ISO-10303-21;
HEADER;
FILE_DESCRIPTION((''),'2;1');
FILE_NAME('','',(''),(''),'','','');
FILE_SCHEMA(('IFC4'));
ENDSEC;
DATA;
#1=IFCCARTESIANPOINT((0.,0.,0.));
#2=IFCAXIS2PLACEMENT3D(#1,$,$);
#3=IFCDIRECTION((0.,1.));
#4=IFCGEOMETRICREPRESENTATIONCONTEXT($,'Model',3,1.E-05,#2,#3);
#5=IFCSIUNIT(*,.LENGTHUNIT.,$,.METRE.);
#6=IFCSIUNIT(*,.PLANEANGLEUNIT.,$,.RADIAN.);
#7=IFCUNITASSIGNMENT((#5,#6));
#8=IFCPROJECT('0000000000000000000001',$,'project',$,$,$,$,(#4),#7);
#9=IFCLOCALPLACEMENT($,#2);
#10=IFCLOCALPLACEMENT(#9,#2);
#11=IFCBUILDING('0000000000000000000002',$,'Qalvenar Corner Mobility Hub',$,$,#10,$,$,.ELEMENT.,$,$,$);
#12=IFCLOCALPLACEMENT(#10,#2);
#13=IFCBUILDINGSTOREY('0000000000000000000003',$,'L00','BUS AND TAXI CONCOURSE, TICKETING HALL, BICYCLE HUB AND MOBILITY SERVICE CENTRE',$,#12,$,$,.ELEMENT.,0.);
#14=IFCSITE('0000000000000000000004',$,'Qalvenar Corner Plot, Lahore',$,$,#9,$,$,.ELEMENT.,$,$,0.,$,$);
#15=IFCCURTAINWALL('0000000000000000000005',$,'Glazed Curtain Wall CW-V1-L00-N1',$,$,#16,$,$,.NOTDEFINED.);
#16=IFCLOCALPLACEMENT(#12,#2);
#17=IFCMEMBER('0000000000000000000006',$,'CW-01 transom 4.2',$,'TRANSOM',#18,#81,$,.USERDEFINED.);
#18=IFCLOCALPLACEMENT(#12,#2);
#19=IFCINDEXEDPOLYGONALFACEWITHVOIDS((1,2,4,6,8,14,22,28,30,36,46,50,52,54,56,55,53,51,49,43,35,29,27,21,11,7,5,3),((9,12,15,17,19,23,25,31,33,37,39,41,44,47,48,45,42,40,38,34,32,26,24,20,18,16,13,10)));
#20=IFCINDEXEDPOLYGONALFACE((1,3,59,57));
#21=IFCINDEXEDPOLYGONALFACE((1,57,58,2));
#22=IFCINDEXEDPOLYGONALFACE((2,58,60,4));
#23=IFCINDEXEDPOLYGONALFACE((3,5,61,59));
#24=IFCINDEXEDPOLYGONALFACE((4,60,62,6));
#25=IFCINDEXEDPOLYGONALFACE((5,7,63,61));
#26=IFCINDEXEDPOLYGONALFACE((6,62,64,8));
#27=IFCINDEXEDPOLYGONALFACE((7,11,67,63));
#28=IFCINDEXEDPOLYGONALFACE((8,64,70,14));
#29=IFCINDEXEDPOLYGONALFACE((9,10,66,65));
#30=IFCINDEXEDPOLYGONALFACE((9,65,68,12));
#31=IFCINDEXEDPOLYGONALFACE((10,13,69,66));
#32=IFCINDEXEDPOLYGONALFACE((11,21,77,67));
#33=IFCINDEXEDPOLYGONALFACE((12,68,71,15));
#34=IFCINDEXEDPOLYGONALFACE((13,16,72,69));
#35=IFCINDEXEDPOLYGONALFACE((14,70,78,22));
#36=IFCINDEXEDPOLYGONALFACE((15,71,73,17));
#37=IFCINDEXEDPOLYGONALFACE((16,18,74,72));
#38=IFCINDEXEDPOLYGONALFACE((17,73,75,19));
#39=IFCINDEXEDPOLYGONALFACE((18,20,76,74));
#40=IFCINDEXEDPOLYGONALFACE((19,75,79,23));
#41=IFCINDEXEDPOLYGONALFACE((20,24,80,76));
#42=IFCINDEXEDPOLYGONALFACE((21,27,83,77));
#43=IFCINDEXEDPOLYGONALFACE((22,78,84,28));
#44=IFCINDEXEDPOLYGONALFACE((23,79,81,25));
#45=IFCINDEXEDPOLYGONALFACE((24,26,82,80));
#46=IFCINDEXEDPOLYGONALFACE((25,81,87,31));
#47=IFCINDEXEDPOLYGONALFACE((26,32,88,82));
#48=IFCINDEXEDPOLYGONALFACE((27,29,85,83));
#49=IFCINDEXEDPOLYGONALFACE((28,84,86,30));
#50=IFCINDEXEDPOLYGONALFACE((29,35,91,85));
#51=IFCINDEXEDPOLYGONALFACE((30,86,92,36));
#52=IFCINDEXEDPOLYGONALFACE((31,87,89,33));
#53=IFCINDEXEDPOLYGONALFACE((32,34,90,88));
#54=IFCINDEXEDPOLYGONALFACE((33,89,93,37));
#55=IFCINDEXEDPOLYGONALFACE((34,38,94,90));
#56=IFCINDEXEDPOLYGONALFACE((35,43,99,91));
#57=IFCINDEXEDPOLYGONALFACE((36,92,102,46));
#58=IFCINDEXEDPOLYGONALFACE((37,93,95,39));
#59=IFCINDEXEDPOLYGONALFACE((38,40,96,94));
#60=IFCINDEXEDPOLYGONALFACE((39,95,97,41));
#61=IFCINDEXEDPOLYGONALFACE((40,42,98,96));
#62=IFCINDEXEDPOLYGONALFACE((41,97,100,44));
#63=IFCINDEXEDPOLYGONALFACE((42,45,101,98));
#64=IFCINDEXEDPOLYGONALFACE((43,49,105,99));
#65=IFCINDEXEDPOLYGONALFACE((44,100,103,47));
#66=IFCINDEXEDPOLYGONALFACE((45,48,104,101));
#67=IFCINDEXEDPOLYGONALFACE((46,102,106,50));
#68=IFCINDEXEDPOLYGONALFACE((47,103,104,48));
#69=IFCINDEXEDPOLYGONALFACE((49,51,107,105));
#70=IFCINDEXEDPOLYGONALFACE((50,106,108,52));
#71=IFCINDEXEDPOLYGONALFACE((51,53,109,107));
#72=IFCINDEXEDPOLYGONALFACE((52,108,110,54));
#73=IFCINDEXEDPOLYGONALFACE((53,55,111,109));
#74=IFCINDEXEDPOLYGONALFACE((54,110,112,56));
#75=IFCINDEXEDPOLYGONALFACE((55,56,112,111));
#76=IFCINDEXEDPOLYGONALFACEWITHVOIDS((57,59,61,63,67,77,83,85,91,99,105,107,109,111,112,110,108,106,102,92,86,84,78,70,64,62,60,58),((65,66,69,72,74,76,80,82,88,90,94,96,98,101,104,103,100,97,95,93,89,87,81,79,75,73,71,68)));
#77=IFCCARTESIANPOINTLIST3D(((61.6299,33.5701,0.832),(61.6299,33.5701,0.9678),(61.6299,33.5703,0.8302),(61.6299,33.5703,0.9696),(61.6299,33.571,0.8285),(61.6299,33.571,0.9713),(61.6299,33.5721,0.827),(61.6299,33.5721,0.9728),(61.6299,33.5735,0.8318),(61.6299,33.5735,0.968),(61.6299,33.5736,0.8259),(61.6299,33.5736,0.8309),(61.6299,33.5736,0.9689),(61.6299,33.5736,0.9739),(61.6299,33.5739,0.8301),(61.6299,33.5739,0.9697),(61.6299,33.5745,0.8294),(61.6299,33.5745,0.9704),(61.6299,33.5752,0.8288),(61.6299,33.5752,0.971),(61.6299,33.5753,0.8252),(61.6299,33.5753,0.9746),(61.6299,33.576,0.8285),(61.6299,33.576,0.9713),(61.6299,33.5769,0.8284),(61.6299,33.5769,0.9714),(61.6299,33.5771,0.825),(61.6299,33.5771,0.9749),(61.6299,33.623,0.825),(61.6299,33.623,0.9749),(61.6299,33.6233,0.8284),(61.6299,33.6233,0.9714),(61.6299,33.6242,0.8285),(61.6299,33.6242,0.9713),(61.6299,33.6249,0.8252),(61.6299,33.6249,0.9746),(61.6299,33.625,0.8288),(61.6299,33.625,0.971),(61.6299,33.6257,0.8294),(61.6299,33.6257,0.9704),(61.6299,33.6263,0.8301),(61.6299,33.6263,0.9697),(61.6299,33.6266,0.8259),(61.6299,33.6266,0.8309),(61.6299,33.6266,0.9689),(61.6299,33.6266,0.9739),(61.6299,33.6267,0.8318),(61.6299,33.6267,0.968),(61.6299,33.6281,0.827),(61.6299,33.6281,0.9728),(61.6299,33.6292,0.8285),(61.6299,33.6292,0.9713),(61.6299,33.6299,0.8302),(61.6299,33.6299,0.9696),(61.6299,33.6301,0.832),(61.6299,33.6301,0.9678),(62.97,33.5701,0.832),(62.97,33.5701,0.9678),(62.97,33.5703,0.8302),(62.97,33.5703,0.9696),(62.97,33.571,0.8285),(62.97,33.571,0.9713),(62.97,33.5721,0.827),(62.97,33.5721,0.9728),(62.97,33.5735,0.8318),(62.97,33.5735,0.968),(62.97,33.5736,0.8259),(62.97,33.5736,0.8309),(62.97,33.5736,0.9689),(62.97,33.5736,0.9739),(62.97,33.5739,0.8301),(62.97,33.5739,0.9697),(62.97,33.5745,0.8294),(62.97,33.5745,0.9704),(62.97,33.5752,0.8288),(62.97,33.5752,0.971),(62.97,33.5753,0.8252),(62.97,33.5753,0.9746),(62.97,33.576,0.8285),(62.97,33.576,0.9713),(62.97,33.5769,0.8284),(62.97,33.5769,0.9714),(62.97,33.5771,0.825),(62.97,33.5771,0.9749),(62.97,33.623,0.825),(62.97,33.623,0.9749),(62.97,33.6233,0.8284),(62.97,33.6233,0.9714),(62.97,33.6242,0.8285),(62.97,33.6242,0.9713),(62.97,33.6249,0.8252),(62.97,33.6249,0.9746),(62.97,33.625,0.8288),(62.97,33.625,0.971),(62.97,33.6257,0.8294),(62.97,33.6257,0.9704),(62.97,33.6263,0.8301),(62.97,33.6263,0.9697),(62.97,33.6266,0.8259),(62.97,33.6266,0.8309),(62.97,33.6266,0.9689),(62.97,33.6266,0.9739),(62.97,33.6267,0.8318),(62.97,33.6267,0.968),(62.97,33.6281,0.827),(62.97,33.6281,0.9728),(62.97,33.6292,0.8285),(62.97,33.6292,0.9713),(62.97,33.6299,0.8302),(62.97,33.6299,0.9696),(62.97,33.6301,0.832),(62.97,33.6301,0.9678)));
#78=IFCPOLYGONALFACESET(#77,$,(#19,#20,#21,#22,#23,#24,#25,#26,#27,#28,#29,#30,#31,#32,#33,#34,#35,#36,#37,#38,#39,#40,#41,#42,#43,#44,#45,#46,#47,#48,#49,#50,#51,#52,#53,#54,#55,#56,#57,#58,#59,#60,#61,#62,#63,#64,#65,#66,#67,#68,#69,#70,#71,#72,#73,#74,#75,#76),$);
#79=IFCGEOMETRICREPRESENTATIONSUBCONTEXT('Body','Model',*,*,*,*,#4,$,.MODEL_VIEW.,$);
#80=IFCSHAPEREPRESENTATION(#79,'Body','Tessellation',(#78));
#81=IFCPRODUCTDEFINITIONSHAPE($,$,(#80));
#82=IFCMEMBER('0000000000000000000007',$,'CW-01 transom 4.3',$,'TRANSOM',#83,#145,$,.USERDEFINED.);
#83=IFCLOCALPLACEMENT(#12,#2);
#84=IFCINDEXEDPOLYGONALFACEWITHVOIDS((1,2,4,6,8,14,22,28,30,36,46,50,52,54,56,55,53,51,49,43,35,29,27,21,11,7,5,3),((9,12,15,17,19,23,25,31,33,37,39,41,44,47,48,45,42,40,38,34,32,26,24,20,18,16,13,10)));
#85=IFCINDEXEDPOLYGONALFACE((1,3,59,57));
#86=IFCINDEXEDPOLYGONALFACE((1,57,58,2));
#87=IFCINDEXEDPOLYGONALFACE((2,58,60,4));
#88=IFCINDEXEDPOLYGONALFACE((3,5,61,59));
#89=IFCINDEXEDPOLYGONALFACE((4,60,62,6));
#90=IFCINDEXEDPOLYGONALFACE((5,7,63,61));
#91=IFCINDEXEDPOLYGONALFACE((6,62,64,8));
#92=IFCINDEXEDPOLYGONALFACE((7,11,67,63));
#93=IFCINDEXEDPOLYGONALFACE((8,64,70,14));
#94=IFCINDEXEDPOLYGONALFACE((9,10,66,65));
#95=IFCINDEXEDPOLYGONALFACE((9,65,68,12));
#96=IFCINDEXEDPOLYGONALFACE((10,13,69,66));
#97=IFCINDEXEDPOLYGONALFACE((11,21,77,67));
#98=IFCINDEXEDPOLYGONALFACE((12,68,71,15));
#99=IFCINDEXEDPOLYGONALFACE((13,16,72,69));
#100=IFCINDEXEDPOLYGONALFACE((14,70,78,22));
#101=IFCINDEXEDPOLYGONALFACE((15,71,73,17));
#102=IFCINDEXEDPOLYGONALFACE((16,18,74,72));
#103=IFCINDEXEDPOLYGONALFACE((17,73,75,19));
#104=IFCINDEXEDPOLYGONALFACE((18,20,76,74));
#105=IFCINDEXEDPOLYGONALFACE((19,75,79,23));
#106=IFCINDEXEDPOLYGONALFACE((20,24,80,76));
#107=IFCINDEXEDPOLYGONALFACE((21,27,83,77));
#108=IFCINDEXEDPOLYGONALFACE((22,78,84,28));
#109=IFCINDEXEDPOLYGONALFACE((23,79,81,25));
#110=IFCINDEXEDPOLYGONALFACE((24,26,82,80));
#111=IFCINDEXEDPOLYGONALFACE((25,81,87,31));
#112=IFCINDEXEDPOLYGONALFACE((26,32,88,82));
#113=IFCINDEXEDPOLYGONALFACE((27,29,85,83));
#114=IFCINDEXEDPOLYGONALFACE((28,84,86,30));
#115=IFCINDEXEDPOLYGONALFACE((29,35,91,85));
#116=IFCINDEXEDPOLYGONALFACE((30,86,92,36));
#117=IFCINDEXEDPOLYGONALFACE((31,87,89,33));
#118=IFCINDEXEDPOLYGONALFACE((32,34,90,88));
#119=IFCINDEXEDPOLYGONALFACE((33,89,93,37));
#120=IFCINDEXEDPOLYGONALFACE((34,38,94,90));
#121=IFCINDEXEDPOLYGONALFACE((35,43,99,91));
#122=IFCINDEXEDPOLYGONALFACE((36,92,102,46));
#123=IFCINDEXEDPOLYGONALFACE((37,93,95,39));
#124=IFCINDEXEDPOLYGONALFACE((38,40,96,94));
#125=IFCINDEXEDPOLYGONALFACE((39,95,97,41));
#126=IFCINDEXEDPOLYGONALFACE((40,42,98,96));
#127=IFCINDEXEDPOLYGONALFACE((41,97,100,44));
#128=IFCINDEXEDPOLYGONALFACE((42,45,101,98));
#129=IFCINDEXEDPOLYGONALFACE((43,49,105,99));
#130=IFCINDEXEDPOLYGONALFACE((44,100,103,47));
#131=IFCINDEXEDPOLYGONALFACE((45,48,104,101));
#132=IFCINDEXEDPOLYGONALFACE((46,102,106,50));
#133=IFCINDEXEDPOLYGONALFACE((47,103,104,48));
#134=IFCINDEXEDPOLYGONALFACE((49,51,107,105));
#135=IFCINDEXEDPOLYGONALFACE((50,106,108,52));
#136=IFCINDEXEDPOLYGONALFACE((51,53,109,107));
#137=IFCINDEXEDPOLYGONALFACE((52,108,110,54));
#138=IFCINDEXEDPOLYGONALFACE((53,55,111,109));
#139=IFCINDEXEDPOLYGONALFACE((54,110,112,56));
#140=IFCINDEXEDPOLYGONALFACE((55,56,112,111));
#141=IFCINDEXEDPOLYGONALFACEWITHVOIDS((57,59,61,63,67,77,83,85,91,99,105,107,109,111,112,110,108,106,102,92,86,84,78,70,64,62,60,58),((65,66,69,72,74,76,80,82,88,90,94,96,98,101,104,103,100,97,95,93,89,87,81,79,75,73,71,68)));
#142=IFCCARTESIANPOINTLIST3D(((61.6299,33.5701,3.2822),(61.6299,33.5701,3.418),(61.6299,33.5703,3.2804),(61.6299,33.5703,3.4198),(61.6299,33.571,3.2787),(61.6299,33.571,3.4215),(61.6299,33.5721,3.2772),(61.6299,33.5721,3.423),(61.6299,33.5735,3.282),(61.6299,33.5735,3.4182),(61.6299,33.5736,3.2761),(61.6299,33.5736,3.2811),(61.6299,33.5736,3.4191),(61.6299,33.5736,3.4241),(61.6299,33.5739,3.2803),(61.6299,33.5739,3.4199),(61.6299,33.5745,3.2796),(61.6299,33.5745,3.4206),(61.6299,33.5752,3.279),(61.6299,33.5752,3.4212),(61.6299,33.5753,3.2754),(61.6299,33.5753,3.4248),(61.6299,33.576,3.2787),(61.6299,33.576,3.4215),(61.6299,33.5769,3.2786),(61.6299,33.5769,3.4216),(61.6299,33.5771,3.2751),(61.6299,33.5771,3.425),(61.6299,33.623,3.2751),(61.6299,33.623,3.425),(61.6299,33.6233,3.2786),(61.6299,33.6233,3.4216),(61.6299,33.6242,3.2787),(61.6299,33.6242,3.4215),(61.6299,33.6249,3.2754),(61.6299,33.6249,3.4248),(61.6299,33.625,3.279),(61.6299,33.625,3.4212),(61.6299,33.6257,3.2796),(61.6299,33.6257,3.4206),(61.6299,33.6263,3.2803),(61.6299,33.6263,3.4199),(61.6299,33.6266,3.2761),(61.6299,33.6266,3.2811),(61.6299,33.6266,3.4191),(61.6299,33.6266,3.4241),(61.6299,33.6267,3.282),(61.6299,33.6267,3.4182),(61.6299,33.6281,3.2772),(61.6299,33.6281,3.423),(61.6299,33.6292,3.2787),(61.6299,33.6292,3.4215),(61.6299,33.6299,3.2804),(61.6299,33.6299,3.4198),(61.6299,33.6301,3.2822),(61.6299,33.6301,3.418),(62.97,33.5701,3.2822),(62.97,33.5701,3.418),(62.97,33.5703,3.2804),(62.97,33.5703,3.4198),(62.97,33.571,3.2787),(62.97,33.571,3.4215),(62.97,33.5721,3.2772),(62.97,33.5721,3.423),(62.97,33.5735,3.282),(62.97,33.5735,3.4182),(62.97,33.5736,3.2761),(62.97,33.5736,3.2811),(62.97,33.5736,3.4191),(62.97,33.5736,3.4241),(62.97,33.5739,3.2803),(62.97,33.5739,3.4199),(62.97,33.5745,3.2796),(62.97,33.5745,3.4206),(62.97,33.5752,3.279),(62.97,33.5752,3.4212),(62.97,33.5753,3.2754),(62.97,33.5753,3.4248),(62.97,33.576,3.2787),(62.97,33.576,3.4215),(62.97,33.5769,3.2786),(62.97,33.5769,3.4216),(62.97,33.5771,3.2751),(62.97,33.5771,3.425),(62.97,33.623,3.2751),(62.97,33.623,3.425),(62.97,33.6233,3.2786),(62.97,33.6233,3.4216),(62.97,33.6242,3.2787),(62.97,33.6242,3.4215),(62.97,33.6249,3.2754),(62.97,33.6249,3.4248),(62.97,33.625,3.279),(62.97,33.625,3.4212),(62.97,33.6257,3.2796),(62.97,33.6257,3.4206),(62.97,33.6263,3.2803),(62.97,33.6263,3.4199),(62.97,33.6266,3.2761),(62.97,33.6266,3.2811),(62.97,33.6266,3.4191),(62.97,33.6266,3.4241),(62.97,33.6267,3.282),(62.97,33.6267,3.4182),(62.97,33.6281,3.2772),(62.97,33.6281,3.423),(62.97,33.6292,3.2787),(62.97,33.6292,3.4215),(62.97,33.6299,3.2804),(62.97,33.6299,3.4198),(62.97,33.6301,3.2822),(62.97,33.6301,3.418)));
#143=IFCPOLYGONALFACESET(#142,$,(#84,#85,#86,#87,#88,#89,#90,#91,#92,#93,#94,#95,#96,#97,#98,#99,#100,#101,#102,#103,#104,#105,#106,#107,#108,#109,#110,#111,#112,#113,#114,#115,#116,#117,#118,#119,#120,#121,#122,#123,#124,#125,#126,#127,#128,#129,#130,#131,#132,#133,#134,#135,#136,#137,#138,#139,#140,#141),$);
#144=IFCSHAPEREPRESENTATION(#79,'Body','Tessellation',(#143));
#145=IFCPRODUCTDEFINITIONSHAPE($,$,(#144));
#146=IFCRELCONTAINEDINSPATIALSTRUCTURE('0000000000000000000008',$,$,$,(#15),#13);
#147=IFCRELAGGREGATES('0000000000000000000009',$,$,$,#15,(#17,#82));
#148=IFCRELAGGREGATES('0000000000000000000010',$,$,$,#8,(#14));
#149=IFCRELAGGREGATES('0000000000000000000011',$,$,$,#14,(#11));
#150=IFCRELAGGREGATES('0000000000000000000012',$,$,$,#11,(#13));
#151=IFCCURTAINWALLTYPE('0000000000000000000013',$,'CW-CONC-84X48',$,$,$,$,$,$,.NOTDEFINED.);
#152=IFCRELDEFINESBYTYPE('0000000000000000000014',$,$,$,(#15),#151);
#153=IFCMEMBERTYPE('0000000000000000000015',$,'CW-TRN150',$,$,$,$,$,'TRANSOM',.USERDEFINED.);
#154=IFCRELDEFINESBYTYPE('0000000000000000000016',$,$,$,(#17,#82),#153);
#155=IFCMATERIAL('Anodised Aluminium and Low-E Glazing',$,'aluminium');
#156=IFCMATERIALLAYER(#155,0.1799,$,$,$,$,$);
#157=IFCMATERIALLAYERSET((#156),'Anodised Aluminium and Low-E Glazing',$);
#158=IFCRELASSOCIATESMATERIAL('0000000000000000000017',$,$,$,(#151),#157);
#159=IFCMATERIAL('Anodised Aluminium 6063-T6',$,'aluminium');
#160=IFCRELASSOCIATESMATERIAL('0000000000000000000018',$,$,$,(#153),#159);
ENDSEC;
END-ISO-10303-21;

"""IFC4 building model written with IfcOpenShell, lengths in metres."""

from ifc_helpers import new_model, si_unit, direction, frame, origin, origin_2d, place, context, subcontext, project, spatial, hollow_rectangle, extrude, material, layer, layer_set, material_profile, profile_set, type_object, element, aggregate, save


model = new_model("IFC4")

# Units and contexts
model_context = context("Model", 3, precision=1e-05, world=origin(), true_north=direction((0.0, 1.0)))
body_context = subcontext(model_context, "Body", "Model", "MODEL_VIEW")
ifc_project = project(units=[si_unit("LENGTHUNIT", "METRE"), si_unit("PLANEANGLEUNIT", "RADIAN")], contexts=[model_context])

# Site, building, storey
site_placement = place(None, origin())
site = spatial("IfcSite", under=ifc_project, at=site_placement, Name="Qalvenar Corner Plot, Lahore", CompositionType="ELEMENT", RefElevation=0.0)
building_placement = place(site_placement, origin())
building = spatial("IfcBuilding", under=site, at=building_placement, Name="Qalvenar Corner Mobility Hub", CompositionType="ELEMENT")
storey_placement = place(building_placement, origin())
storey = spatial("IfcBuildingStorey", under=building, at=storey_placement, Name="L00", Description="BUS AND TAXI CONCOURSE, TICKETING HALL, BICYCLE HUB AND MOBILITY SERVICE CENTRE", CompositionType="ELEMENT", Elevation=0.0)

# Curtain wall, members
ifc_material_1 = material(Name="Anodised Aluminium and Low-E Glazing", Category="aluminium")
ifc_layer_1 = layer(ifc_material_1, 0.1799)
ifc_layer_set_1 = layer_set([ifc_layer_1], Name="Anodised Aluminium and Low-E Glazing")
curtain_wall_type = type_object("IfcCurtainWallType", Name="CW-CONC-84X48", PredefinedType="NOTDEFINED", material=ifc_layer_set_1)
curtain_wall_placement = place(storey_placement, origin())
curtain_wall = element("IfcCurtainWall", 1, at=curtain_wall_placement, inside=storey, type_object=curtain_wall_type, Name="Glazed Curtain Wall CW-V1-L00-N1", PredefinedType="NOTDEFINED")
ifc_material_2 = material(Name="Anodised Aluminium 6063-T6", Category="aluminium")
ifc_material_profile_1 = material_profile(ifc_material_2, hollow_rectangle(XDim=0.0601, YDim=0.1499, WallThickness=0.0034, InnerFilletRadius=0.0034, OuterFilletRadius=0.0071, at=origin_2d()), Name="RHS150x60x3.5")
ifc_profile_set_1 = profile_set([ifc_material_profile_1], Name="Anodised Aluminium 6063-T6")
member_type_1 = type_object("IfcMemberType", Name="CW-TRN150", ElementType="TRANSOM", PredefinedType="USERDEFINED", material=ifc_profile_set_1)
member_1_placement = place(storey_placement, frame((62.97, 33.6001, 0.8999), z_axis=(-1.0, 0.0, 0.0), x_axis=(0.0, -1.0, 0.0)))
member_1 = element("IfcMember", 2, at=member_1_placement, type_object=member_type_1, Name="CW-01 transom 4.2", ObjectType="TRANSOM", PredefinedType="USERDEFINED", context=body_context, shape_type="SweptSolid", body=[
    extrude(hollow_rectangle(XDim=0.0601, YDim=0.1499, WallThickness=0.0034, InnerFilletRadius=0.0034, OuterFilletRadius=0.0071, at=origin_2d()), origin(), (0.0, 0.0, 1.0), 1.3401),
])
member_2_placement = place(storey_placement, frame((62.97, 33.6001, 3.3501), z_axis=(-1.0, 0.0, 0.0), x_axis=(0.0, -1.0, 0.0)))
member_2 = element("IfcMember", 3, at=member_2_placement, type_object=member_type_1, Name="CW-01 transom 4.3", ObjectType="TRANSOM", PredefinedType="USERDEFINED", context=body_context, shape_type="SweptSolid", body=[
    extrude(hollow_rectangle(XDim=0.0601, YDim=0.1499, WallThickness=0.0034, InnerFilletRadius=0.0034, OuterFilletRadius=0.0071, at=origin_2d()), origin(), (0.0, 0.0, 1.0), 1.3401),
])
aggregate(curtain_wall, [member_1, member_2])

save(model, "model.ifc")
